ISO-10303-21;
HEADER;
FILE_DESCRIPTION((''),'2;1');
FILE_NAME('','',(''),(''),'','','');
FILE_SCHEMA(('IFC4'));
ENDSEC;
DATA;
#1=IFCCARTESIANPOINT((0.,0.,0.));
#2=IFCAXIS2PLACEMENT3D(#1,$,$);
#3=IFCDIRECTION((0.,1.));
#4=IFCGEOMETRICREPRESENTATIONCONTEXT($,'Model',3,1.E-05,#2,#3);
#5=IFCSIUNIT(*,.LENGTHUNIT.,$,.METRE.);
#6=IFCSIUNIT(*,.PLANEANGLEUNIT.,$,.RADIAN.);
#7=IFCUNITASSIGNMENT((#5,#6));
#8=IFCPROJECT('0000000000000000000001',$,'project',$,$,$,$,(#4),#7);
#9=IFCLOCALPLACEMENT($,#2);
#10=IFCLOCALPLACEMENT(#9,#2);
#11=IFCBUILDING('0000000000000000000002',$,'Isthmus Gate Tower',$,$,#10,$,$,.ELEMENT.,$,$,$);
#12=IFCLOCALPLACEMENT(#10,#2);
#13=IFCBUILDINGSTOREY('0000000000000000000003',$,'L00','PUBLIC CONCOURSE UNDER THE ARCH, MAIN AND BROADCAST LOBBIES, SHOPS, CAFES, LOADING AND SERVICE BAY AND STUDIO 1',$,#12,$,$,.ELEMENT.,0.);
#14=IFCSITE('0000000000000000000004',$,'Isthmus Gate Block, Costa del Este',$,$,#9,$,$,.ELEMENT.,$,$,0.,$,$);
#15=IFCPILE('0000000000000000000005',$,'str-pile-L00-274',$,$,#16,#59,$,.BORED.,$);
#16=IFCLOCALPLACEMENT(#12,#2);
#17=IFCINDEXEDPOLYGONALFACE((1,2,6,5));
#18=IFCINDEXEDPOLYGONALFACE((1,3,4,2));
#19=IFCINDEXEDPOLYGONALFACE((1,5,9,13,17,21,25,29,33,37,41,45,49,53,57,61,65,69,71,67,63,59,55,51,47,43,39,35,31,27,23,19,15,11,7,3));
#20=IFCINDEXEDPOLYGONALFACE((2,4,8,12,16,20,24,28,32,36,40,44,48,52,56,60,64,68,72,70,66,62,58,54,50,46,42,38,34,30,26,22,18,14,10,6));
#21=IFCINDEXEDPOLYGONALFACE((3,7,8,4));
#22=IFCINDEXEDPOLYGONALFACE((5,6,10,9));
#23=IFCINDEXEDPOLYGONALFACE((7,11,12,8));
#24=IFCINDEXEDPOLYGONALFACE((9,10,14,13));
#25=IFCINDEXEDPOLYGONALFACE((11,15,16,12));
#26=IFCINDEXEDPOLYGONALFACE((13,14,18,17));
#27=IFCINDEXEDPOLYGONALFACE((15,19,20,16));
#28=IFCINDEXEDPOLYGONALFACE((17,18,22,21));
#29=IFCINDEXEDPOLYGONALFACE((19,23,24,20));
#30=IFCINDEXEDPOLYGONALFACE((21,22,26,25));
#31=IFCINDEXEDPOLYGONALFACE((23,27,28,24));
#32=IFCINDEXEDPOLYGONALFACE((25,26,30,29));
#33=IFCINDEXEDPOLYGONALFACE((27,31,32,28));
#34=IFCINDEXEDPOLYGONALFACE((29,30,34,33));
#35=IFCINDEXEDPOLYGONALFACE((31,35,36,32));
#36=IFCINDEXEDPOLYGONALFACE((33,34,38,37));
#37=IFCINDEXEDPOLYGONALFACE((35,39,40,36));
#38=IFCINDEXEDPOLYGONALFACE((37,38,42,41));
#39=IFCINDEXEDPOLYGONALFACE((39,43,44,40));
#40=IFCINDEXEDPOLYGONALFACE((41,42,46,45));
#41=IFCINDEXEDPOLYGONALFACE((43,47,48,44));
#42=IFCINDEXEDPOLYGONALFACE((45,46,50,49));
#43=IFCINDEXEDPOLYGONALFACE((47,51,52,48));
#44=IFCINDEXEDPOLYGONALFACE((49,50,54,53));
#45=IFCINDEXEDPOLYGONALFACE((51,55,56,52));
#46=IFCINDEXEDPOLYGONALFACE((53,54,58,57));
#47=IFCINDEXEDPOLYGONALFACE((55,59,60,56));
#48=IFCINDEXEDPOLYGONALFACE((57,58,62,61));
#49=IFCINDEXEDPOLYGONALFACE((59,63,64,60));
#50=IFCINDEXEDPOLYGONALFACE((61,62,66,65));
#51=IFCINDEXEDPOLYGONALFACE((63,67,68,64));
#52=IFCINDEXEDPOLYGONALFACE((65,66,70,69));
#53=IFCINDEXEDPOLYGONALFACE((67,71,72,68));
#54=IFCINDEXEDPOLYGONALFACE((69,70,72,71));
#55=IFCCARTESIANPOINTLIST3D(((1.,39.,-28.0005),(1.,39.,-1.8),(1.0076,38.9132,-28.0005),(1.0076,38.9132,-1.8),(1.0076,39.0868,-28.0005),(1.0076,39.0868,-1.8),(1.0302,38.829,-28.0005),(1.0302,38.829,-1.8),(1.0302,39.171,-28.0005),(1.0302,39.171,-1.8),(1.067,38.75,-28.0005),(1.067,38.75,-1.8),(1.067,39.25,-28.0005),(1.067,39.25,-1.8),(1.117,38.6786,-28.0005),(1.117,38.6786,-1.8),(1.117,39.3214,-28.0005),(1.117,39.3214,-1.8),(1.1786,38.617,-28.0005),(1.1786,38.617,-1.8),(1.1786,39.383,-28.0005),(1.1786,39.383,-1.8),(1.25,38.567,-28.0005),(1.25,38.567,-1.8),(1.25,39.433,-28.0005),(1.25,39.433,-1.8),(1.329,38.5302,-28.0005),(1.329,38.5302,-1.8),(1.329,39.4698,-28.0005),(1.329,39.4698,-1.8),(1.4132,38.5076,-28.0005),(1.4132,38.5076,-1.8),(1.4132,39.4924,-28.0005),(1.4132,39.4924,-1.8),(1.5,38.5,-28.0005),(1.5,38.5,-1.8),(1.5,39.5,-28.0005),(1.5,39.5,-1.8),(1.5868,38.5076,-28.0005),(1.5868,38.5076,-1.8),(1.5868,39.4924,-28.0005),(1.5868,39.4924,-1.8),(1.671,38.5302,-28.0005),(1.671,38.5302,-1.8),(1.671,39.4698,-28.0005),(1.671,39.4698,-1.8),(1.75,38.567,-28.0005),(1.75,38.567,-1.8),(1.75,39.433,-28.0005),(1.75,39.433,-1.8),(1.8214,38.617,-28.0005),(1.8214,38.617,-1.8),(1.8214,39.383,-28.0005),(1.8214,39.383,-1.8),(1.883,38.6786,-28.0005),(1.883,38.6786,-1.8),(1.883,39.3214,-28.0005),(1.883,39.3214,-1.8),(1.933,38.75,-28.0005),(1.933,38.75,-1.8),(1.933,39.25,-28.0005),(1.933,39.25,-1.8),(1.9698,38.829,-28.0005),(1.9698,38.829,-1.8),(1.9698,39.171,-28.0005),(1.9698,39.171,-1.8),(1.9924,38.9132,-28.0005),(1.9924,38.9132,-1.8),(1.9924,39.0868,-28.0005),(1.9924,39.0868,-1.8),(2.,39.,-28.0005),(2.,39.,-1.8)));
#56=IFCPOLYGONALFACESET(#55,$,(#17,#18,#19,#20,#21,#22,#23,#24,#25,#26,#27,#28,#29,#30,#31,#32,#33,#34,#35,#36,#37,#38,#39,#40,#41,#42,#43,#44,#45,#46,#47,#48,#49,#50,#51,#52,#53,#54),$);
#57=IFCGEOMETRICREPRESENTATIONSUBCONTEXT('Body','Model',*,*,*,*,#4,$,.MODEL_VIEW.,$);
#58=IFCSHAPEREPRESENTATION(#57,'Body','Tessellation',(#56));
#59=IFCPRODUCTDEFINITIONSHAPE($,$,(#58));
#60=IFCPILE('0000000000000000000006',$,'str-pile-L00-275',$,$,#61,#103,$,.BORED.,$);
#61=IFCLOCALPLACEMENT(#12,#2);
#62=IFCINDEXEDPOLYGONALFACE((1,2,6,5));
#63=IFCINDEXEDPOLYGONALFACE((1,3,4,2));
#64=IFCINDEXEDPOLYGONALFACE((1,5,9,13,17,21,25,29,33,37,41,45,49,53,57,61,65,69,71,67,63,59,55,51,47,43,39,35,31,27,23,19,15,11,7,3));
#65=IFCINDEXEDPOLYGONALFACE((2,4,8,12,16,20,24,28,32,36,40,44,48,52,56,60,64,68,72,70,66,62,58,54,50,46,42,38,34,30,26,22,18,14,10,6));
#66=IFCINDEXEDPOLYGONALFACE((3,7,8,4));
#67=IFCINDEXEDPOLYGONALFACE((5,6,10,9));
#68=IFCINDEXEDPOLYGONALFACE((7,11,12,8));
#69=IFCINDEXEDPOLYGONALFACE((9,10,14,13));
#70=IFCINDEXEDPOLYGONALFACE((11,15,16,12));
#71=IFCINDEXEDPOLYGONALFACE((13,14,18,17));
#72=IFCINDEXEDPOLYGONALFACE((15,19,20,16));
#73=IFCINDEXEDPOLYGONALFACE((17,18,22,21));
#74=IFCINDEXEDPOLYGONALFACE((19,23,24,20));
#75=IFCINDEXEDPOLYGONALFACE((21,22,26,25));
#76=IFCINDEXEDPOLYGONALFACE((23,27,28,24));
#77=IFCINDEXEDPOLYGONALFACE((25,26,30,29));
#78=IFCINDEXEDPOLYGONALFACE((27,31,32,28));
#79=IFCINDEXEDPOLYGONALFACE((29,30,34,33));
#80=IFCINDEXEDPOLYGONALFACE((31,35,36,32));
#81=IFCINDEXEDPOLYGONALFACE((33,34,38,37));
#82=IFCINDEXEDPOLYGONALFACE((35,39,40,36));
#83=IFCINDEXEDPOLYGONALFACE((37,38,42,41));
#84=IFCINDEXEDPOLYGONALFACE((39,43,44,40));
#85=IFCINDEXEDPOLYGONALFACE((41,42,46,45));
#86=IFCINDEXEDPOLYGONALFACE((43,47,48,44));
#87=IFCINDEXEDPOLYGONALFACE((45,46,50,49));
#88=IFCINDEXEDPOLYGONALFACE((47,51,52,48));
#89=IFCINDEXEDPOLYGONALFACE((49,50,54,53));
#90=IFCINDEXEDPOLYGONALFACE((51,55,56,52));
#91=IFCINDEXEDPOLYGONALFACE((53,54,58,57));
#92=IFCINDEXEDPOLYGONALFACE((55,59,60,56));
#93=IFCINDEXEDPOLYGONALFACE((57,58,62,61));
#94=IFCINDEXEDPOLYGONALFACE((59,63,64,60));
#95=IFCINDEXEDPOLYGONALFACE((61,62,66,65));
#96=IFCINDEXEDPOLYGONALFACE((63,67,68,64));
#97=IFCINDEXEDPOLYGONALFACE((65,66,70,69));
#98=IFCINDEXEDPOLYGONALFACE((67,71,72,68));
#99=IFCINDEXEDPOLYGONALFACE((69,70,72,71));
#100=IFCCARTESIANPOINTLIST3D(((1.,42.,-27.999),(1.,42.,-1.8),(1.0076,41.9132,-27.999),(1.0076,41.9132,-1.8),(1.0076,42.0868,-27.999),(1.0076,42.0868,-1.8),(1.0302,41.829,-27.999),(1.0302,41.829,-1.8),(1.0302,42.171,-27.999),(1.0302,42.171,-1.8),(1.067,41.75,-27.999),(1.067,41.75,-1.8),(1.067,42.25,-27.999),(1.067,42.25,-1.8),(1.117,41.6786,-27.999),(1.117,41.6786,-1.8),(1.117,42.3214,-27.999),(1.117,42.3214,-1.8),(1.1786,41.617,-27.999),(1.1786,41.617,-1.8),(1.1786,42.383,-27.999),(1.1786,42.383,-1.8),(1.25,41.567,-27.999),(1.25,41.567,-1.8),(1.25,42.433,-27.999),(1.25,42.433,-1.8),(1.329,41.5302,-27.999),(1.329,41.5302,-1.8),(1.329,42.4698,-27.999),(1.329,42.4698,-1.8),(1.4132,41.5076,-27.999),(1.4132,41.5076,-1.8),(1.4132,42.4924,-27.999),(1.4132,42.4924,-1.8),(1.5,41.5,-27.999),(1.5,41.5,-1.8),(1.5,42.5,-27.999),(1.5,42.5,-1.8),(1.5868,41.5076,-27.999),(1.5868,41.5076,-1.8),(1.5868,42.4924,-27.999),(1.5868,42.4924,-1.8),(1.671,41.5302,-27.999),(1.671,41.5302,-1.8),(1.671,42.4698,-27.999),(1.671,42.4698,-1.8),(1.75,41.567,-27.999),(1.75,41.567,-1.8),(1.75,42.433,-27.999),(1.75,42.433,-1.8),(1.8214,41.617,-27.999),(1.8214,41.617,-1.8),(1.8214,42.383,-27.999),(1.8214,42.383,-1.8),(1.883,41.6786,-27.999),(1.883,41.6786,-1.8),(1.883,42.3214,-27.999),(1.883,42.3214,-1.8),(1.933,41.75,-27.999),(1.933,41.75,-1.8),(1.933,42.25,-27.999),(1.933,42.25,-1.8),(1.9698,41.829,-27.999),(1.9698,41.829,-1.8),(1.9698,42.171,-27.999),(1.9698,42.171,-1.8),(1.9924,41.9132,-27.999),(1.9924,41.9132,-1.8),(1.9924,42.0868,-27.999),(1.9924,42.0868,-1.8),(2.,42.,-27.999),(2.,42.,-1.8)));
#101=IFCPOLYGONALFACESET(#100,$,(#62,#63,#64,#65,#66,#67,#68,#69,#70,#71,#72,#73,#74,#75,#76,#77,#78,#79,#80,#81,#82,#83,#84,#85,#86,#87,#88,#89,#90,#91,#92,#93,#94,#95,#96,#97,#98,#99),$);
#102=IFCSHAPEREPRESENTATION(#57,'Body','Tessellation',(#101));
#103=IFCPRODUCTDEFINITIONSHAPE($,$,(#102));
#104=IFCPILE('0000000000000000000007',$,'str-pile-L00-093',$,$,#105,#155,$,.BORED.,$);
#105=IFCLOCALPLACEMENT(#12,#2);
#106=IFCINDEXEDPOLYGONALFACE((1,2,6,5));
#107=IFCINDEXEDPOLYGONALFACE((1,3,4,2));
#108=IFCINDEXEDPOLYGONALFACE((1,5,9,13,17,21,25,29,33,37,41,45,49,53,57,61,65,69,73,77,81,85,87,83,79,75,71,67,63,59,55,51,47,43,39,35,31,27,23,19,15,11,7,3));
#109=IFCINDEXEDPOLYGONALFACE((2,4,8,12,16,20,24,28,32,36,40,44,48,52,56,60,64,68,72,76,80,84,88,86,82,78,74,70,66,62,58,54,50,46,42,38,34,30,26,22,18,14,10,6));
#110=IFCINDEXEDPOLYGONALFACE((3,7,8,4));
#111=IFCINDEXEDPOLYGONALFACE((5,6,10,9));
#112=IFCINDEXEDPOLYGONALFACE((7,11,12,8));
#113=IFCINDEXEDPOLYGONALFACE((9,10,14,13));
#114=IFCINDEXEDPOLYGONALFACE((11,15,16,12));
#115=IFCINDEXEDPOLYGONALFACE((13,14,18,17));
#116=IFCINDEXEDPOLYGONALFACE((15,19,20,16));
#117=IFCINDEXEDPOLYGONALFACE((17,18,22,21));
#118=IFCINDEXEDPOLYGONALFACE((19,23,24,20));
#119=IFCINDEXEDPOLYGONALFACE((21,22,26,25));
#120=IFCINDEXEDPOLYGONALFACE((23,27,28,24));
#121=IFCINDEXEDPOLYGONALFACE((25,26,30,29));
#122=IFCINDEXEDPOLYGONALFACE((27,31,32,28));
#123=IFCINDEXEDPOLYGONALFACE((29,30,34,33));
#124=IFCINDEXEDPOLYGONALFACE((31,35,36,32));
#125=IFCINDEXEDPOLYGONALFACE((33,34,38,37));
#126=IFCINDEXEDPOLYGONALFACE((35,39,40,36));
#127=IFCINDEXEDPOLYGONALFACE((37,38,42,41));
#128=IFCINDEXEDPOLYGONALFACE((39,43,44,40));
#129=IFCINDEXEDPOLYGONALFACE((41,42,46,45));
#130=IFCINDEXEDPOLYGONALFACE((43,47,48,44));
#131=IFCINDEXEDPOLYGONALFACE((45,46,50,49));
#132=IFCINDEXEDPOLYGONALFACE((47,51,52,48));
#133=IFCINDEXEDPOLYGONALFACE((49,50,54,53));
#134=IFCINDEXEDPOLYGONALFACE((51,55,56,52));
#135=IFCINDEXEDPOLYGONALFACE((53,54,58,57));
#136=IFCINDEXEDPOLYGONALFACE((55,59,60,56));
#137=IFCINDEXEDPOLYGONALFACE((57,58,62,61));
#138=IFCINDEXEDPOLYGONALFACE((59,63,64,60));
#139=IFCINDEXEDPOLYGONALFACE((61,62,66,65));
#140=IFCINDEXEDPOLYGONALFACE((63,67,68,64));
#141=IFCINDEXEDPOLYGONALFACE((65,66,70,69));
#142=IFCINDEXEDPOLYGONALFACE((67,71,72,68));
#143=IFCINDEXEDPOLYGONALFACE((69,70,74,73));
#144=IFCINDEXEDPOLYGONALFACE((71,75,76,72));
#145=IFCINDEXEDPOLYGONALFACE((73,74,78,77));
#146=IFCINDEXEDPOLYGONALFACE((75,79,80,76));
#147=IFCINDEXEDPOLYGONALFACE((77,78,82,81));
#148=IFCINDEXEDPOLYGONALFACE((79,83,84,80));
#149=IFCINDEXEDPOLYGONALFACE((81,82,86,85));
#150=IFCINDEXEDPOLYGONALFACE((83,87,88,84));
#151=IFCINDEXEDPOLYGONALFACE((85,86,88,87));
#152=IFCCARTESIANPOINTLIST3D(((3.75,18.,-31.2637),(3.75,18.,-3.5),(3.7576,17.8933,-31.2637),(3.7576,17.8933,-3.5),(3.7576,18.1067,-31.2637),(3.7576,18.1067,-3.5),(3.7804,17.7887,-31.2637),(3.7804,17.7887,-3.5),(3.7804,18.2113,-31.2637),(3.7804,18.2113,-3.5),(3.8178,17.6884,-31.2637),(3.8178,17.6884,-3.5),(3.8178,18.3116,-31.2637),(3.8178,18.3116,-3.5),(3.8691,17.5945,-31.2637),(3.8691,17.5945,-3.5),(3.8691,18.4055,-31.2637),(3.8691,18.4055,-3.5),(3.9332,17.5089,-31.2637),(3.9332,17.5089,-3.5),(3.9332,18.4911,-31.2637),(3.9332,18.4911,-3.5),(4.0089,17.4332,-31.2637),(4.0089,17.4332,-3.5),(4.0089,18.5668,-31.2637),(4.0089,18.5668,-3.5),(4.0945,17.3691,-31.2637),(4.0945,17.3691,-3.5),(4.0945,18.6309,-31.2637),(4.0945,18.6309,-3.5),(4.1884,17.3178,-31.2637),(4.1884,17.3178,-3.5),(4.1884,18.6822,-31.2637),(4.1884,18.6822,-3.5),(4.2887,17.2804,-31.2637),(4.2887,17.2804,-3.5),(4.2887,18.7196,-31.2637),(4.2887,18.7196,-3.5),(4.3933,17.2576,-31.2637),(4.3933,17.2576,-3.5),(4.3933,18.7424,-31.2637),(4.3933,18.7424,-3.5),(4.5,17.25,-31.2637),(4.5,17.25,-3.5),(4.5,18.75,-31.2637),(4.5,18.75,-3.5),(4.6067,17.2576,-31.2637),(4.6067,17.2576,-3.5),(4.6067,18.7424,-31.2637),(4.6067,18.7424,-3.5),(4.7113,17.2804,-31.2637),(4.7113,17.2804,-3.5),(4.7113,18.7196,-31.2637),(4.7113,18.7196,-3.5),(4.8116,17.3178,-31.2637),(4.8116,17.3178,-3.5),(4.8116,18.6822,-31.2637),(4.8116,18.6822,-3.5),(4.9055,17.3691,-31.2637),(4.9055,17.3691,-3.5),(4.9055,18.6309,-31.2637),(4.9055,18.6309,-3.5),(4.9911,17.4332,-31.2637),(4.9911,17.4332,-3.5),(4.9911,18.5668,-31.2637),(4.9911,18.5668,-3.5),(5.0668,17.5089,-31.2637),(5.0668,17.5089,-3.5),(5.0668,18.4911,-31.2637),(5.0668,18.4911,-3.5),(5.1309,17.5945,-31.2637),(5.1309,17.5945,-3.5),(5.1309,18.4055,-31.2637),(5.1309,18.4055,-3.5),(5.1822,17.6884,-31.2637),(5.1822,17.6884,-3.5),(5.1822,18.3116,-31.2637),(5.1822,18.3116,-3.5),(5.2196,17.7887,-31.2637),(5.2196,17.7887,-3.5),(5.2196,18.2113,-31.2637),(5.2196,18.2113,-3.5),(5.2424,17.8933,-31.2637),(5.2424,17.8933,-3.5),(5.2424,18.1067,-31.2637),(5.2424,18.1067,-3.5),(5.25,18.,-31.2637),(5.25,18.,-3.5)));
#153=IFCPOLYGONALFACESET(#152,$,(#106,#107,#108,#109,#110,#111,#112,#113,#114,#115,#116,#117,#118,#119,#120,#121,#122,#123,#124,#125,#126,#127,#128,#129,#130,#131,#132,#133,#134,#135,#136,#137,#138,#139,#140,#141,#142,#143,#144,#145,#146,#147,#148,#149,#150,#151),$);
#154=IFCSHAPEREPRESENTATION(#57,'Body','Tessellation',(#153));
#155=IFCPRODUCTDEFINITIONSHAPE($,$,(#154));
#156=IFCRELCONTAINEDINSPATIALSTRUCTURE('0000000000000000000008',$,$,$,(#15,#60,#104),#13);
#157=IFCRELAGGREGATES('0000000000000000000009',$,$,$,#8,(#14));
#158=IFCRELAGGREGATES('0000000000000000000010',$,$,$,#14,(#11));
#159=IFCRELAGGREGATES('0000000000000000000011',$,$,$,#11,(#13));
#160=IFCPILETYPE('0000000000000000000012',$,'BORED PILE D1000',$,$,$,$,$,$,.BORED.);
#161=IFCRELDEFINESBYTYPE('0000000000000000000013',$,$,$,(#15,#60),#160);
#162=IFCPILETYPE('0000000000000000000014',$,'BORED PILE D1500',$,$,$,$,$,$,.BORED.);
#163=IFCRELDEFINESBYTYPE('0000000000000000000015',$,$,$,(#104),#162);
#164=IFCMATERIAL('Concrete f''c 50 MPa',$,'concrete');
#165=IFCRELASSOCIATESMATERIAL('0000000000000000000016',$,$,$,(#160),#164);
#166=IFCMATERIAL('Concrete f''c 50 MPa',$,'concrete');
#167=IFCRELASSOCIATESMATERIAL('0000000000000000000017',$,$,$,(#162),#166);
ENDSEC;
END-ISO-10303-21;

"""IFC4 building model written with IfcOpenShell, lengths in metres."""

from ifc_helpers import new_model, si_unit, direction, frame, origin, origin_2d, place, context, subcontext, project, spatial, circle, extrude, material, material_profile, profile_set, type_object, element, save


model = new_model("IFC4")

# Units and contexts
model_context = context("Model", 3, precision=1e-05, world=origin(), true_north=direction((0.0, 1.0)))
body_context = subcontext(model_context, "Body", "Model", "MODEL_VIEW")
ifc_project = project(units=[si_unit("LENGTHUNIT", "METRE"), si_unit("PLANEANGLEUNIT", "RADIAN")], contexts=[model_context])

# Site, building, storey
site_placement = place(None, origin())
site = spatial("IfcSite", under=ifc_project, at=site_placement, Name="Isthmus Gate Block, Costa del Este", CompositionType="ELEMENT", RefElevation=0.0)
building_placement = place(site_placement, origin())
building = spatial("IfcBuilding", under=site, at=building_placement, Name="Isthmus Gate Tower", CompositionType="ELEMENT")
storey_placement = place(building_placement, origin())
storey = spatial("IfcBuildingStorey", under=building, at=storey_placement, Name="L00", Description="PUBLIC CONCOURSE UNDER THE ARCH, MAIN AND BROADCAST LOBBIES, SHOPS, CAFES, LOADING AND SERVICE BAY AND STUDIO 1", CompositionType="ELEMENT", Elevation=0.0)

# Piles
ifc_material_1 = material(Name="Concrete f'c 50 MPa", Category="concrete")
ifc_material_profile_1 = material_profile(ifc_material_1, circle(Radius=0.5, at=origin_2d()), Name="D1000")
ifc_profile_set_1 = profile_set([ifc_material_profile_1], Name="Concrete f'c 50 MPa")
pile_type_1 = type_object("IfcPileType", Name="BORED PILE D1000", PredefinedType="BORED", material=ifc_profile_set_1)
pile_1_placement = place(storey_placement, frame((1.5, 39.0, -1.8), z_axis=(0.0, 0.0, -1.0), x_axis=(1.0, 0.0, 0.0)))
element("IfcPile", 1, at=pile_1_placement, inside=storey, type_object=pile_type_1, Name="str-pile-L00-274", PredefinedType="BORED", context=body_context, shape_type="SweptSolid", body=[
    extrude(circle(Radius=0.5, at=origin_2d()), origin(), (0.0, 0.0, 1.0), 26.2004),
])
pile_2_placement = place(storey_placement, frame((1.5, 42.0, -1.8), z_axis=(0.0, 0.0, -1.0), x_axis=(1.0, 0.0, 0.0)))
element("IfcPile", 2, at=pile_2_placement, inside=storey, type_object=pile_type_1, Name="str-pile-L00-275", PredefinedType="BORED", context=body_context, shape_type="SweptSolid", body=[
    extrude(circle(Radius=0.5, at=origin_2d()), origin(), (0.0, 0.0, 1.0), 26.199),
])
ifc_material_2 = material(Name="Concrete f'c 50 MPa", Category="concrete")
ifc_material_profile_2 = material_profile(ifc_material_2, circle(Radius=0.75, at=origin_2d()), Name="D1500")
ifc_profile_set_2 = profile_set([ifc_material_profile_2], Name="Concrete f'c 50 MPa")
pile_type_2 = type_object("IfcPileType", Name="BORED PILE D1500", PredefinedType="BORED", material=ifc_profile_set_2)
pile_3_placement = place(storey_placement, frame((4.5, 18.0, -3.5), z_axis=(0.0, 0.0, -1.0), x_axis=(1.0, 0.0, 0.0)))
element("IfcPile", 3, at=pile_3_placement, inside=storey, type_object=pile_type_2, Name="str-pile-L00-093", PredefinedType="BORED", context=body_context, shape_type="SweptSolid", body=[
    extrude(circle(Radius=0.75, at=origin_2d()), origin(), (0.0, 0.0, 1.0), 27.7637),
])

save(model, "model.ifc")
